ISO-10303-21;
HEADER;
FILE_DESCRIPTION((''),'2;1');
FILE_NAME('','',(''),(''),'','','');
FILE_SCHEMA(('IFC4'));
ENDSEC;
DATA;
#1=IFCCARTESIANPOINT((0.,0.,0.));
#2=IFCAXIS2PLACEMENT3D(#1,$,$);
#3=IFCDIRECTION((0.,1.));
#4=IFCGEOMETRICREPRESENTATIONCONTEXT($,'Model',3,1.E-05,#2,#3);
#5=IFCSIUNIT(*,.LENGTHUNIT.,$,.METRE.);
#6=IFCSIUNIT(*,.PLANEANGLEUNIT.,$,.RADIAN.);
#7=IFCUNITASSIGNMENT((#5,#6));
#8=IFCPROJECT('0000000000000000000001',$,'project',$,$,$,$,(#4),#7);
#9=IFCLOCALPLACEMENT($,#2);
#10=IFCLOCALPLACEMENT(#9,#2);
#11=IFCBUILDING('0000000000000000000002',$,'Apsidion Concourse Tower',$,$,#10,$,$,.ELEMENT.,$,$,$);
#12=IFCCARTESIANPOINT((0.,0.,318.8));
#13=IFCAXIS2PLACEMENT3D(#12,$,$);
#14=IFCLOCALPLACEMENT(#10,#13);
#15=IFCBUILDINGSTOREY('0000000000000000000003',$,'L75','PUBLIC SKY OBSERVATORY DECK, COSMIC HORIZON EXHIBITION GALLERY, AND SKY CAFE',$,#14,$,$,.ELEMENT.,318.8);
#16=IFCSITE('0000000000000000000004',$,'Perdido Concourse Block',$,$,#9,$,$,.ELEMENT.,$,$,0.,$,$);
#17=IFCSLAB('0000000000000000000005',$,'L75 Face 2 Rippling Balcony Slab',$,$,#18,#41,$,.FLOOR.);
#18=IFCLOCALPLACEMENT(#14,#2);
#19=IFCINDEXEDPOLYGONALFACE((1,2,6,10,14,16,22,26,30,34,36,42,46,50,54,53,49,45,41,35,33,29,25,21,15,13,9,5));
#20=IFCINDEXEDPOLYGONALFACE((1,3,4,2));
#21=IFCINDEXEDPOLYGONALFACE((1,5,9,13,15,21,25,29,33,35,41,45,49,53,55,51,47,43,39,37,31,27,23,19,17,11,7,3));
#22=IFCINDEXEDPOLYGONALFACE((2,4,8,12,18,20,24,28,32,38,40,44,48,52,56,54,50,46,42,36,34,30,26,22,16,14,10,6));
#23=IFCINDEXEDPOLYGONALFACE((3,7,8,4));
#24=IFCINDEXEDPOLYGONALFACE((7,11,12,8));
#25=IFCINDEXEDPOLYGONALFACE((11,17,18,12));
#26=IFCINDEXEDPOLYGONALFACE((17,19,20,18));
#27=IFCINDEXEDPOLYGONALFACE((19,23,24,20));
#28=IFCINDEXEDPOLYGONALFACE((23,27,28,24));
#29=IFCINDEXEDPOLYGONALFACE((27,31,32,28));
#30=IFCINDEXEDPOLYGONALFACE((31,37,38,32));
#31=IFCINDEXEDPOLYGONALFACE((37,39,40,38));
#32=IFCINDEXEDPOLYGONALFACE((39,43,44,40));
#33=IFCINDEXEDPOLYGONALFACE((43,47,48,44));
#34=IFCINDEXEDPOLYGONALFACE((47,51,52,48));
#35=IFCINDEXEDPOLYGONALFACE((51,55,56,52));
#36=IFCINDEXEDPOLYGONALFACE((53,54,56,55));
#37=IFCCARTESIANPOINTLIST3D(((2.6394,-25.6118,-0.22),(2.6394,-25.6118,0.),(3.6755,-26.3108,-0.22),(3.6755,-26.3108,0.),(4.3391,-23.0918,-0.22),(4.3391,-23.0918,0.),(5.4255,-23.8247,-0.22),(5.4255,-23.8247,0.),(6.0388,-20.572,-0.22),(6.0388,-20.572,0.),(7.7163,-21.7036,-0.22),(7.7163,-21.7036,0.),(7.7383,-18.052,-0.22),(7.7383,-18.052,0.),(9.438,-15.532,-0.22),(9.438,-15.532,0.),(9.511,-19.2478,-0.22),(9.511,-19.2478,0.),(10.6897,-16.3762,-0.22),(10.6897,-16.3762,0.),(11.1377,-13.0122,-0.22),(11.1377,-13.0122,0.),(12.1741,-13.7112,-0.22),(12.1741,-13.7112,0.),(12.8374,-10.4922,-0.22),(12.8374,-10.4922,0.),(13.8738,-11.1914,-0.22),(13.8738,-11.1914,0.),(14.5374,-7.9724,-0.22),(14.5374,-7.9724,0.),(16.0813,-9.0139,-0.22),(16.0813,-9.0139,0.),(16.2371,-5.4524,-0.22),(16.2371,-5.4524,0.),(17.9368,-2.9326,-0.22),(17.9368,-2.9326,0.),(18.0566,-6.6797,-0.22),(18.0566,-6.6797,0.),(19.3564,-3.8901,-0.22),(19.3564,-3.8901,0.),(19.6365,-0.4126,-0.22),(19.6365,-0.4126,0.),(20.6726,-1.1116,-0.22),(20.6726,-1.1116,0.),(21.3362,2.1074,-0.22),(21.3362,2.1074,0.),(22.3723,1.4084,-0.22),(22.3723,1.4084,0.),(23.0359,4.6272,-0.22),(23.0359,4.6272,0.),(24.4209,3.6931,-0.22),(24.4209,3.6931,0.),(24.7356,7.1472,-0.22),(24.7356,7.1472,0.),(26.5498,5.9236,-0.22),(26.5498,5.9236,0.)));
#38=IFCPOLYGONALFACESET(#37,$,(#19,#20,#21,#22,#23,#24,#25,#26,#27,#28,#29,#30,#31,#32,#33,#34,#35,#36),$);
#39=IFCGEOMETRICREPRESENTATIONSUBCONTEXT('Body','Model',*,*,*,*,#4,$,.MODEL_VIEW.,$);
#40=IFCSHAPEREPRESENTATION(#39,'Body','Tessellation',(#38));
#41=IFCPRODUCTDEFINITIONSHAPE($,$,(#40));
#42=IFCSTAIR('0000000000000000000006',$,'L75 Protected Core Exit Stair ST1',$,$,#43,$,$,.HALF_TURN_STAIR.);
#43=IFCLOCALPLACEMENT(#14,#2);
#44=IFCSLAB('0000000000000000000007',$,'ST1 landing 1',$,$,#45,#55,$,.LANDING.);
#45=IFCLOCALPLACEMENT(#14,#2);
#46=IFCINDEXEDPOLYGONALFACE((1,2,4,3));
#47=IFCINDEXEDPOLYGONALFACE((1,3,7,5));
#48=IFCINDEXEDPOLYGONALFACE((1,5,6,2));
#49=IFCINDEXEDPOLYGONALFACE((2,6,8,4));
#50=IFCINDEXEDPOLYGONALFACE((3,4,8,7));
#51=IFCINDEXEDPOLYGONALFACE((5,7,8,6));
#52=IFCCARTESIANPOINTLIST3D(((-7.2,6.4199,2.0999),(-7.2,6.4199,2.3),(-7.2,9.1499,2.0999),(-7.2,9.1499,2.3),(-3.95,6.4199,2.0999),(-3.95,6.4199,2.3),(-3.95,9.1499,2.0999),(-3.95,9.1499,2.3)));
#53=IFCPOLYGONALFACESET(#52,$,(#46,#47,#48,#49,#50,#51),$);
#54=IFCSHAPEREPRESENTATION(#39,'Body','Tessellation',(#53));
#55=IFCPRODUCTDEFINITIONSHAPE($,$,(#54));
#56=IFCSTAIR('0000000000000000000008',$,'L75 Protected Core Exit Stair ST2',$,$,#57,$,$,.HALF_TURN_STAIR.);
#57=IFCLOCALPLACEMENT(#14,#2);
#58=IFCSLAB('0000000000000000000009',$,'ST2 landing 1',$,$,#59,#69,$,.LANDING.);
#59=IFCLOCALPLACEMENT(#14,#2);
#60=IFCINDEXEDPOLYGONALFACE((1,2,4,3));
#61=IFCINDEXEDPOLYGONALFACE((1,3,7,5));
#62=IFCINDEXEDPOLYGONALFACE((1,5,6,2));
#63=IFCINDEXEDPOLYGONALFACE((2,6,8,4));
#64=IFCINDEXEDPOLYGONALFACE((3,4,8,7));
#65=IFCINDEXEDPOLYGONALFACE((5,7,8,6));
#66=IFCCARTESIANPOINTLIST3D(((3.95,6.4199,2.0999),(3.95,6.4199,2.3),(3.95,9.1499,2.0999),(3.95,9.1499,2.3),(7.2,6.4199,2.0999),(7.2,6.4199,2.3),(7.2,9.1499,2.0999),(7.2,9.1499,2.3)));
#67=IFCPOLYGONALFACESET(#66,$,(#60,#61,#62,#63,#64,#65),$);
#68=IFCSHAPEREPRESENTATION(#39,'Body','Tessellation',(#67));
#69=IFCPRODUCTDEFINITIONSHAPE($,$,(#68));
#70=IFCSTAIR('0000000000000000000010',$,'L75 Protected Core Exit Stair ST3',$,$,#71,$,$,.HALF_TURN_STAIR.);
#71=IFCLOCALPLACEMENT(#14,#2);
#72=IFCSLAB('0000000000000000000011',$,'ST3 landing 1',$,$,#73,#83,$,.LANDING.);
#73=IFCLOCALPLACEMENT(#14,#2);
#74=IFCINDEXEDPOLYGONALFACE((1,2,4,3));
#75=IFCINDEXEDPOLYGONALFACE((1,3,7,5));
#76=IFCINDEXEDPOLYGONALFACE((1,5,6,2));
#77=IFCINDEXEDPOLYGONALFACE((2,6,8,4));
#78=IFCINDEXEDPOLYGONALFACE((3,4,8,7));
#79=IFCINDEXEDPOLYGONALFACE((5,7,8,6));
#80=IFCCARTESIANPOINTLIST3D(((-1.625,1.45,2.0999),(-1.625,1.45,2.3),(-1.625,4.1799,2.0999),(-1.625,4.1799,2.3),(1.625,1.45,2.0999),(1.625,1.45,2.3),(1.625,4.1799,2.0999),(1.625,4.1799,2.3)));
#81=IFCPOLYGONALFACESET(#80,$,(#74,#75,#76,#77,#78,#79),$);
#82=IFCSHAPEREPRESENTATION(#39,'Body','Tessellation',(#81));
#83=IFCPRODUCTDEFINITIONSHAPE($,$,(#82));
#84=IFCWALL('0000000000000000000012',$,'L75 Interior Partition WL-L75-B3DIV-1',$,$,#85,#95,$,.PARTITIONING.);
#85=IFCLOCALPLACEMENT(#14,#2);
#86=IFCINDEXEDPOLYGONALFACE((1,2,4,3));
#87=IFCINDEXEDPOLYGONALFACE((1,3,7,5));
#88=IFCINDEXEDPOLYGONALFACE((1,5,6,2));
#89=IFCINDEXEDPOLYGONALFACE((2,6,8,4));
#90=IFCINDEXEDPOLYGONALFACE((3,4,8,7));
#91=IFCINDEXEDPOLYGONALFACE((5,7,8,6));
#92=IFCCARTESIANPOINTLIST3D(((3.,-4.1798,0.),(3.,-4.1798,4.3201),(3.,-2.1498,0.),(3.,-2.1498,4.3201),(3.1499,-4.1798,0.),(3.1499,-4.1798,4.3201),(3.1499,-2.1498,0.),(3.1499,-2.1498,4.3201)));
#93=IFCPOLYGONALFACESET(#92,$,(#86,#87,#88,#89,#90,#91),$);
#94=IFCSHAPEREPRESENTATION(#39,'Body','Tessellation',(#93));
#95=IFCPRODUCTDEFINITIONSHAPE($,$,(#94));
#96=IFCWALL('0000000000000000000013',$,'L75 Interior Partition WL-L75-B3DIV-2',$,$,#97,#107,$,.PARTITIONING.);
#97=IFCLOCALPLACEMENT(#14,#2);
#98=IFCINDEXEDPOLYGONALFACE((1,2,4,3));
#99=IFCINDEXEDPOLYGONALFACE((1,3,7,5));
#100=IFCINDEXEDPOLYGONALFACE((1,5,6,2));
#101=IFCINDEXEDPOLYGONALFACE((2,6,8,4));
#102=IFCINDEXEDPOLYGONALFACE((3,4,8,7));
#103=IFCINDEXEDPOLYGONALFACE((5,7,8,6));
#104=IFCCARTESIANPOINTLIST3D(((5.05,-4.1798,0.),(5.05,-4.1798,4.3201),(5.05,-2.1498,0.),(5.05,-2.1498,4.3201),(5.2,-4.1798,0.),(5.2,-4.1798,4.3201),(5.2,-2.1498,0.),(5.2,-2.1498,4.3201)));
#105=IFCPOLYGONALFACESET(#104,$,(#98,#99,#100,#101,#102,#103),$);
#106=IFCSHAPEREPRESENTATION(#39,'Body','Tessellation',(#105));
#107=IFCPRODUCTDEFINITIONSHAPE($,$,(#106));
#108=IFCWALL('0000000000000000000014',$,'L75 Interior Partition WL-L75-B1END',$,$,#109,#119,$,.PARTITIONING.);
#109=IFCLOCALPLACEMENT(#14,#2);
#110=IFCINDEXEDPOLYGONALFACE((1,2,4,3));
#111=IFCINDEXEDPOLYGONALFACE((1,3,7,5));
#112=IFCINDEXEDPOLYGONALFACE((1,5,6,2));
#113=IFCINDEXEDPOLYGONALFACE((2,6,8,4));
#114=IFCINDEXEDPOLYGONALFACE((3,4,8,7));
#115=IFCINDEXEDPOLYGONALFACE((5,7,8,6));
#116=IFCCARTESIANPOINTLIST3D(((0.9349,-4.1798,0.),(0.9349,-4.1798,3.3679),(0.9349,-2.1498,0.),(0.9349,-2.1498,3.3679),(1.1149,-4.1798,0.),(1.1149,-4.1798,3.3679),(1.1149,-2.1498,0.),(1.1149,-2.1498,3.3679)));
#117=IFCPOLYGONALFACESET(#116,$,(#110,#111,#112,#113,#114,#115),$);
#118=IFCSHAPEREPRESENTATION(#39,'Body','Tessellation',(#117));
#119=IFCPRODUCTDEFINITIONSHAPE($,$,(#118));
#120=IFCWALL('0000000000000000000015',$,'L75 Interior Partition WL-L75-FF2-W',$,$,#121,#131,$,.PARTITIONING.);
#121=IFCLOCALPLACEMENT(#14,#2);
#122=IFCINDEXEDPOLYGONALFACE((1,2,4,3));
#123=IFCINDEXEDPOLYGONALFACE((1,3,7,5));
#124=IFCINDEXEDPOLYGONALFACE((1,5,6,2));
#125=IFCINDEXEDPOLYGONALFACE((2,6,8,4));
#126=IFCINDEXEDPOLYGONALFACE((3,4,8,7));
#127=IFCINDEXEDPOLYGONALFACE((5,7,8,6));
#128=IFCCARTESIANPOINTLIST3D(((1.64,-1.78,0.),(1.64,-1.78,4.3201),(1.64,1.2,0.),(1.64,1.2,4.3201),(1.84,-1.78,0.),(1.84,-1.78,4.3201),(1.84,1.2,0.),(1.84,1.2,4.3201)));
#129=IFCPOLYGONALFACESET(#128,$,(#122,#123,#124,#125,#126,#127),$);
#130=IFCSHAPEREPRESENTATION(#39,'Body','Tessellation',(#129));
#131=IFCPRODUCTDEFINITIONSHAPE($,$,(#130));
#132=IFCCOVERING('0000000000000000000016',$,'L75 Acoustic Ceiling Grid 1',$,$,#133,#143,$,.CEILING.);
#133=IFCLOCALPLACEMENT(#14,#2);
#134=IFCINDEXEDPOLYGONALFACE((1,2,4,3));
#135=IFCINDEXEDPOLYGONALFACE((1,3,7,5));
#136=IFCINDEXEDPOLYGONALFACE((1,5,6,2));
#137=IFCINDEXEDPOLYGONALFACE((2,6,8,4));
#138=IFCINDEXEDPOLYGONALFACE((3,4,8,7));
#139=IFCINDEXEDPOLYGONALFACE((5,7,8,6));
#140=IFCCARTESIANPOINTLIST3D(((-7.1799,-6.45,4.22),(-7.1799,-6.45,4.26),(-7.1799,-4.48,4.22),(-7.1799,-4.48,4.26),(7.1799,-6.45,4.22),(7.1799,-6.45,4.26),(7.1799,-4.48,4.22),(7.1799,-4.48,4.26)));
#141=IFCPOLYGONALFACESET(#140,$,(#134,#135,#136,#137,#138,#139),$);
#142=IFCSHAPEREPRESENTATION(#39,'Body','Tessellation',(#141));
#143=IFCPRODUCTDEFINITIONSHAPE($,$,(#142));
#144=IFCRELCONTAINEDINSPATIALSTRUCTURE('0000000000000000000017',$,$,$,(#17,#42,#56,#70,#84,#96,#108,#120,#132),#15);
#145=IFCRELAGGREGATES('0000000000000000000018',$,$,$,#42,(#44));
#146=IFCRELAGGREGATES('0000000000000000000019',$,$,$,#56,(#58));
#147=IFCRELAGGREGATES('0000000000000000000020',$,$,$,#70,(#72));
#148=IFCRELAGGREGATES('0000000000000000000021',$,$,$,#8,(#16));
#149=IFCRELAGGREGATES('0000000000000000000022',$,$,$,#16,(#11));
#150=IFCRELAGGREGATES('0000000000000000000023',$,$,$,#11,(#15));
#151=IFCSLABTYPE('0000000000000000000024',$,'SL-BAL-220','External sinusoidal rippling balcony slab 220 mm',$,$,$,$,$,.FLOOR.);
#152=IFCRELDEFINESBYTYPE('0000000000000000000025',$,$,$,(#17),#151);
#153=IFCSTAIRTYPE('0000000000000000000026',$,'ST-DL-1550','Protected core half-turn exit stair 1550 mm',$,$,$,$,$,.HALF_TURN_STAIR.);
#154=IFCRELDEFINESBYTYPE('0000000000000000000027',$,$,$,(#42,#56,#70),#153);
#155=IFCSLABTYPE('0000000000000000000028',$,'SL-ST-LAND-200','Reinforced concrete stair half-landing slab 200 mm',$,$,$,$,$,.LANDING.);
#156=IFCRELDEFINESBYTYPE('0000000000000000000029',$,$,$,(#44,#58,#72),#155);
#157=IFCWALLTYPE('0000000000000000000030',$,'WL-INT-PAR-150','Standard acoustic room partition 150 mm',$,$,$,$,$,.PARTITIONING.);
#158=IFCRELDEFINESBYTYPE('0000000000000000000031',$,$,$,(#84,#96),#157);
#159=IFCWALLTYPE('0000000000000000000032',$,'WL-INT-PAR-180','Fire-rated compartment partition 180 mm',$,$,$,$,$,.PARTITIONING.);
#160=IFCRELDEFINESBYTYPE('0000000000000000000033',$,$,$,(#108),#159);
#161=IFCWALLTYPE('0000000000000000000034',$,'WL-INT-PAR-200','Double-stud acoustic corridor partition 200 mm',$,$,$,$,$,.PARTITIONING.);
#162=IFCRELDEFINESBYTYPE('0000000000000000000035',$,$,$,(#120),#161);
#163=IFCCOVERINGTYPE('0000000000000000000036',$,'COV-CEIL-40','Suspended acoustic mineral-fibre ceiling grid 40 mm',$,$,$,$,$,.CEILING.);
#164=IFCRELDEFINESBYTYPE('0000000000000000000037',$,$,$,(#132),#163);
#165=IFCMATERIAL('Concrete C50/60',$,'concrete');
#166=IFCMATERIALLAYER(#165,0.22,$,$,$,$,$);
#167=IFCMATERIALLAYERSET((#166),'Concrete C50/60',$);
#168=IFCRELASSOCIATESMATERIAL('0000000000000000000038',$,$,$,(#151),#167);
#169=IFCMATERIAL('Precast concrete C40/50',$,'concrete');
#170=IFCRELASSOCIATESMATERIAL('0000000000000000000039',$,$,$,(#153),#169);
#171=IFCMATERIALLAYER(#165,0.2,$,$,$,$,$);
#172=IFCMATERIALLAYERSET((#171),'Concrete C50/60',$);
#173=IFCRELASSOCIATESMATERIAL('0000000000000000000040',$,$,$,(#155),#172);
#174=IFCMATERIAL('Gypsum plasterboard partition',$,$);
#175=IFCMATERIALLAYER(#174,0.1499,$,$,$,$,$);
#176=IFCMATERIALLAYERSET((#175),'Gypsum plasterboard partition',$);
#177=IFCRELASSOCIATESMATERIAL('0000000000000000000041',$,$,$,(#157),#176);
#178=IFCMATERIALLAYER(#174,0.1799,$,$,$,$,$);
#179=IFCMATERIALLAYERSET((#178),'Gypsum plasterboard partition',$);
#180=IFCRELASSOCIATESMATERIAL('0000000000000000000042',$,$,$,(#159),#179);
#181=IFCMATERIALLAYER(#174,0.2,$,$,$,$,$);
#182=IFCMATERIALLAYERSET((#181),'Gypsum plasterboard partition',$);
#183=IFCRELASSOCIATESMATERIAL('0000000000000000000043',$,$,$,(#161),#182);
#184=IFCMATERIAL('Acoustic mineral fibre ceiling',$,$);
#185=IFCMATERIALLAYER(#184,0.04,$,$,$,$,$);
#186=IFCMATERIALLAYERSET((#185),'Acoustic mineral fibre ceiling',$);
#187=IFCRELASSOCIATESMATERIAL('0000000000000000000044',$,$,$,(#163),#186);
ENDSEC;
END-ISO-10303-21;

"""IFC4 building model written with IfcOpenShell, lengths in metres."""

from ifc_helpers import new_model, si_unit, direction, frame, frame_2d, origin, place, context, subcontext, project, spatial, polyline, rectangle, outline, extrude, material, layer, layer_set, type_object, element, aggregate, save


model = new_model("IFC4")

# Units and contexts
model_context = context("Model", 3, precision=1e-05, world=origin(), true_north=direction((0.0, 1.0)))
body_context = subcontext(model_context, "Body", "Model", "MODEL_VIEW")
ifc_project = project(units=[si_unit("LENGTHUNIT", "METRE"), si_unit("PLANEANGLEUNIT", "RADIAN")], contexts=[model_context])

# Site, building, storey
site_placement = place(None, origin())
site = spatial("IfcSite", under=ifc_project, at=site_placement, Name="Perdido Concourse Block", CompositionType="ELEMENT", RefElevation=0.0)
building_placement = place(site_placement, origin())
building = spatial("IfcBuilding", under=site, at=building_placement, Name="Apsidion Concourse Tower", CompositionType="ELEMENT")
storey_placement = place(building_placement, frame((0.0, 0.0, 318.8)))
storey = spatial("IfcBuildingStorey", under=building, at=storey_placement, Name="L75", Description="PUBLIC SKY OBSERVATORY DECK, COSMIC HORIZON EXHIBITION GALLERY, AND SKY CAFE", CompositionType="ELEMENT", Elevation=318.8)

# Shared definitions
ifc_material_1 = material(Name="Concrete C50/60", Category="concrete")

# Slab
ifc_layer_1 = layer(ifc_material_1, 0.22)
ifc_layer_set_1 = layer_set([ifc_layer_1], Name="Concrete C50/60")
slab_type_1 = type_object("IfcSlabType", Name="SL-BAL-220", Description="External sinusoidal rippling balcony slab 220 mm", PredefinedType="FLOOR", material=ifc_layer_set_1)
slab_1_placement = place(storey_placement, frame((0.0, 0.0, -0.22)))
element("IfcSlab", 1, at=slab_1_placement, inside=storey, type_object=slab_type_1, Name="L75 Face 2 Rippling Balcony Slab", PredefinedType="FLOOR", context=body_context, shape_type="SweptSolid", body=[
    extrude(outline(polyline([(2.6394, -25.6118), (4.3391, -23.0918), (6.0388, -20.572), (7.7383, -18.052), (9.438, -15.532), (11.1377, -13.0122), (12.8374, -10.4922), (14.5374, -7.9724), (16.2371, -5.4524), (17.9368, -2.9326), (19.6365, -0.4126), (21.3362, 2.1074), (23.0359, 4.6272), (24.7356, 7.1472), (26.5498, 5.9236), (24.4209, 3.6931), (22.3723, 1.4084), (20.6726, -1.1116), (19.3564, -3.8901), (18.0566, -6.6797), (16.0813, -9.0139), (13.8738, -11.1914), (12.1741, -13.7112), (10.6897, -16.3762), (9.511, -19.2478), (7.7163, -21.7036), (5.4255, -23.8247), (3.6755, -26.3108), (2.6394, -25.6118)])), origin(), (0.0, 0.0, 1.0), 0.22),
])

# Stairs, slabs
ifc_material_2 = material(Name="Precast concrete C40/50", Category="concrete")
stair_type = type_object("IfcStairType", Name="ST-DL-1550", Description="Protected core half-turn exit stair 1550 mm", PredefinedType="HALF_TURN_STAIR", material=ifc_material_2)
stair_1_placement = place(storey_placement, origin())
stair_1 = element("IfcStair", 2, at=stair_1_placement, inside=storey, type_object=stair_type, Name="L75 Protected Core Exit Stair ST1", PredefinedType="HALF_TURN_STAIR")
ifc_layer_2 = layer(ifc_material_1, 0.2)
ifc_layer_set_2 = layer_set([ifc_layer_2], Name="Concrete C50/60")
slab_type_2 = type_object("IfcSlabType", Name="SL-ST-LAND-200", Description="Reinforced concrete stair half-landing slab 200 mm", PredefinedType="LANDING", material=ifc_layer_set_2)
slab_2_placement = place(storey_placement, frame((0.0, 0.0, 2.0999)))
slab_2 = element("IfcSlab", 3, at=slab_2_placement, type_object=slab_type_2, Name="ST1 landing 1", PredefinedType="LANDING", context=body_context, shape_type="SweptSolid", body=[
    extrude(outline(polyline([(-3.95, 6.4199), (-3.95, 9.1499), (-7.2, 9.1499), (-7.2, 6.4199), (-3.95, 6.4199)])), origin(), (0.0, 0.0, 1.0), 0.2002),
])
aggregate(stair_1, [slab_2])
stair_2_placement = place(storey_placement, origin())
stair_2 = element("IfcStair", 4, at=stair_2_placement, inside=storey, type_object=stair_type, Name="L75 Protected Core Exit Stair ST2", PredefinedType="HALF_TURN_STAIR")
slab_3_placement = place(storey_placement, frame((0.0, 0.0, 2.0999)))
slab_3 = element("IfcSlab", 5, at=slab_3_placement, type_object=slab_type_2, Name="ST2 landing 1", PredefinedType="LANDING", context=body_context, shape_type="SweptSolid", body=[
    extrude(outline(polyline([(7.2, 6.4199), (7.2, 9.1499), (3.95, 9.1499), (3.95, 6.4199), (7.2, 6.4199)])), origin(), (0.0, 0.0, 1.0), 0.2002),
])
aggregate(stair_2, [slab_3])
stair_3_placement = place(storey_placement, origin())
stair_3 = element("IfcStair", 6, at=stair_3_placement, inside=storey, type_object=stair_type, Name="L75 Protected Core Exit Stair ST3", PredefinedType="HALF_TURN_STAIR")
slab_4_placement = place(storey_placement, frame((0.0, 0.0, 2.0999)))
slab_4 = element("IfcSlab", 7, at=slab_4_placement, type_object=slab_type_2, Name="ST3 landing 1", PredefinedType="LANDING", context=body_context, shape_type="SweptSolid", body=[
    extrude(outline(polyline([(-1.625, 4.1799), (-1.625, 1.45), (1.625, 1.45), (1.625, 4.1799), (-1.625, 4.1799)])), origin(), (0.0, 0.0, 1.0), 0.2002),
])
aggregate(stair_3, [slab_4])

# Walls
ifc_material_3 = material(Name="Gypsum plasterboard partition")
ifc_layer_3 = layer(ifc_material_3, 0.1499)
ifc_layer_set_3 = layer_set([ifc_layer_3], Name="Gypsum plasterboard partition")
wall_type_1 = type_object("IfcWallType", Name="WL-INT-PAR-150", Description="Standard acoustic room partition 150 mm", PredefinedType="PARTITIONING", material=ifc_layer_set_3)
for number, where, z_axis, x_axis, name in (
    (8, (3.075, -4.1799, 0.0), (0.0, 0.0, 1.0), (0.0, 1.0, 0.0), "L75 Interior Partition WL-L75-B3DIV-1"),
    (9, (5.125, -4.1799, 0.0), (0.0, 0.0, 1.0), (0.0, 1.0, 0.0), "L75 Interior Partition WL-L75-B3DIV-2"),
):
    element("IfcWall", number, at=place(storey_placement, frame(where, z_axis=z_axis, x_axis=x_axis)), inside=storey, type_object=wall_type_1, Name=name, PredefinedType="PARTITIONING", context=body_context, shape_type="SweptSolid", body=[
        extrude(rectangle(XDim=2.03, YDim=0.1499, at=frame_2d((1.0151, 0.0))), origin(), (0.0, 0.0, 1.0), 4.3201),
    ])
ifc_layer_4 = layer(ifc_material_3, 0.1799)
ifc_layer_set_4 = layer_set([ifc_layer_4], Name="Gypsum plasterboard partition")
wall_type_2 = type_object("IfcWallType", Name="WL-INT-PAR-180", Description="Fire-rated compartment partition 180 mm", PredefinedType="PARTITIONING", material=ifc_layer_set_4)
wall_1_placement = place(storey_placement, frame((1.0249, -4.1799, 0.0), z_axis=(0.0, 0.0, 1.0), x_axis=(0.0, 1.0, 0.0)))
element("IfcWall", 10, at=wall_1_placement, inside=storey, type_object=wall_type_2, Name="L75 Interior Partition WL-L75-B1END", PredefinedType="PARTITIONING", context=body_context, shape_type="SweptSolid", body=[
    extrude(rectangle(XDim=2.03, YDim=0.1799, at=frame_2d((1.0151, 0.0))), origin(), (0.0, 0.0, 1.0), 3.3679),
])
ifc_layer_5 = layer(ifc_material_3, 0.2)
ifc_layer_set_5 = layer_set([ifc_layer_5], Name="Gypsum plasterboard partition")
wall_type_3 = type_object("IfcWallType", Name="WL-INT-PAR-200", Description="Double-stud acoustic corridor partition 200 mm", PredefinedType="PARTITIONING", material=ifc_layer_set_5)
wall_2_placement = place(storey_placement, frame((1.74, -1.78, 0.0), z_axis=(0.0, 0.0, 1.0), x_axis=(0.0, 1.0, 0.0)))
element("IfcWall", 11, at=wall_2_placement, inside=storey, type_object=wall_type_3, Name="L75 Interior Partition WL-L75-FF2-W", PredefinedType="PARTITIONING", context=body_context, shape_type="SweptSolid", body=[
    extrude(rectangle(XDim=2.98, YDim=0.2, at=frame_2d((1.49, 0.0))), origin(), (0.0, 0.0, 1.0), 4.3201),
])

# Covering
ifc_material_4 = material(Name="Acoustic mineral fibre ceiling")
ifc_layer_6 = layer(ifc_material_4, 0.04)
ifc_layer_set_6 = layer_set([ifc_layer_6], Name="Acoustic mineral fibre ceiling")
covering_type = type_object("IfcCoveringType", Name="COV-CEIL-40", Description="Suspended acoustic mineral-fibre ceiling grid 40 mm", PredefinedType="CEILING", material=ifc_layer_set_6)
covering_placement = place(storey_placement, frame((0.0, 0.0, 4.22)))
element("IfcCovering", 12, at=covering_placement, inside=storey, type_object=covering_type, Name="L75 Acoustic Ceiling Grid 1", PredefinedType="CEILING", context=body_context, shape_type="SweptSolid", body=[
    extrude(outline(polyline([(-7.1799, -6.45), (-7.1799, -4.48), (7.1799, -4.48), (7.1799, -6.45), (-7.1799, -6.45)])), origin(), (0.0, 0.0, 1.0), 0.04),
])

save(model, "model.ifc")
